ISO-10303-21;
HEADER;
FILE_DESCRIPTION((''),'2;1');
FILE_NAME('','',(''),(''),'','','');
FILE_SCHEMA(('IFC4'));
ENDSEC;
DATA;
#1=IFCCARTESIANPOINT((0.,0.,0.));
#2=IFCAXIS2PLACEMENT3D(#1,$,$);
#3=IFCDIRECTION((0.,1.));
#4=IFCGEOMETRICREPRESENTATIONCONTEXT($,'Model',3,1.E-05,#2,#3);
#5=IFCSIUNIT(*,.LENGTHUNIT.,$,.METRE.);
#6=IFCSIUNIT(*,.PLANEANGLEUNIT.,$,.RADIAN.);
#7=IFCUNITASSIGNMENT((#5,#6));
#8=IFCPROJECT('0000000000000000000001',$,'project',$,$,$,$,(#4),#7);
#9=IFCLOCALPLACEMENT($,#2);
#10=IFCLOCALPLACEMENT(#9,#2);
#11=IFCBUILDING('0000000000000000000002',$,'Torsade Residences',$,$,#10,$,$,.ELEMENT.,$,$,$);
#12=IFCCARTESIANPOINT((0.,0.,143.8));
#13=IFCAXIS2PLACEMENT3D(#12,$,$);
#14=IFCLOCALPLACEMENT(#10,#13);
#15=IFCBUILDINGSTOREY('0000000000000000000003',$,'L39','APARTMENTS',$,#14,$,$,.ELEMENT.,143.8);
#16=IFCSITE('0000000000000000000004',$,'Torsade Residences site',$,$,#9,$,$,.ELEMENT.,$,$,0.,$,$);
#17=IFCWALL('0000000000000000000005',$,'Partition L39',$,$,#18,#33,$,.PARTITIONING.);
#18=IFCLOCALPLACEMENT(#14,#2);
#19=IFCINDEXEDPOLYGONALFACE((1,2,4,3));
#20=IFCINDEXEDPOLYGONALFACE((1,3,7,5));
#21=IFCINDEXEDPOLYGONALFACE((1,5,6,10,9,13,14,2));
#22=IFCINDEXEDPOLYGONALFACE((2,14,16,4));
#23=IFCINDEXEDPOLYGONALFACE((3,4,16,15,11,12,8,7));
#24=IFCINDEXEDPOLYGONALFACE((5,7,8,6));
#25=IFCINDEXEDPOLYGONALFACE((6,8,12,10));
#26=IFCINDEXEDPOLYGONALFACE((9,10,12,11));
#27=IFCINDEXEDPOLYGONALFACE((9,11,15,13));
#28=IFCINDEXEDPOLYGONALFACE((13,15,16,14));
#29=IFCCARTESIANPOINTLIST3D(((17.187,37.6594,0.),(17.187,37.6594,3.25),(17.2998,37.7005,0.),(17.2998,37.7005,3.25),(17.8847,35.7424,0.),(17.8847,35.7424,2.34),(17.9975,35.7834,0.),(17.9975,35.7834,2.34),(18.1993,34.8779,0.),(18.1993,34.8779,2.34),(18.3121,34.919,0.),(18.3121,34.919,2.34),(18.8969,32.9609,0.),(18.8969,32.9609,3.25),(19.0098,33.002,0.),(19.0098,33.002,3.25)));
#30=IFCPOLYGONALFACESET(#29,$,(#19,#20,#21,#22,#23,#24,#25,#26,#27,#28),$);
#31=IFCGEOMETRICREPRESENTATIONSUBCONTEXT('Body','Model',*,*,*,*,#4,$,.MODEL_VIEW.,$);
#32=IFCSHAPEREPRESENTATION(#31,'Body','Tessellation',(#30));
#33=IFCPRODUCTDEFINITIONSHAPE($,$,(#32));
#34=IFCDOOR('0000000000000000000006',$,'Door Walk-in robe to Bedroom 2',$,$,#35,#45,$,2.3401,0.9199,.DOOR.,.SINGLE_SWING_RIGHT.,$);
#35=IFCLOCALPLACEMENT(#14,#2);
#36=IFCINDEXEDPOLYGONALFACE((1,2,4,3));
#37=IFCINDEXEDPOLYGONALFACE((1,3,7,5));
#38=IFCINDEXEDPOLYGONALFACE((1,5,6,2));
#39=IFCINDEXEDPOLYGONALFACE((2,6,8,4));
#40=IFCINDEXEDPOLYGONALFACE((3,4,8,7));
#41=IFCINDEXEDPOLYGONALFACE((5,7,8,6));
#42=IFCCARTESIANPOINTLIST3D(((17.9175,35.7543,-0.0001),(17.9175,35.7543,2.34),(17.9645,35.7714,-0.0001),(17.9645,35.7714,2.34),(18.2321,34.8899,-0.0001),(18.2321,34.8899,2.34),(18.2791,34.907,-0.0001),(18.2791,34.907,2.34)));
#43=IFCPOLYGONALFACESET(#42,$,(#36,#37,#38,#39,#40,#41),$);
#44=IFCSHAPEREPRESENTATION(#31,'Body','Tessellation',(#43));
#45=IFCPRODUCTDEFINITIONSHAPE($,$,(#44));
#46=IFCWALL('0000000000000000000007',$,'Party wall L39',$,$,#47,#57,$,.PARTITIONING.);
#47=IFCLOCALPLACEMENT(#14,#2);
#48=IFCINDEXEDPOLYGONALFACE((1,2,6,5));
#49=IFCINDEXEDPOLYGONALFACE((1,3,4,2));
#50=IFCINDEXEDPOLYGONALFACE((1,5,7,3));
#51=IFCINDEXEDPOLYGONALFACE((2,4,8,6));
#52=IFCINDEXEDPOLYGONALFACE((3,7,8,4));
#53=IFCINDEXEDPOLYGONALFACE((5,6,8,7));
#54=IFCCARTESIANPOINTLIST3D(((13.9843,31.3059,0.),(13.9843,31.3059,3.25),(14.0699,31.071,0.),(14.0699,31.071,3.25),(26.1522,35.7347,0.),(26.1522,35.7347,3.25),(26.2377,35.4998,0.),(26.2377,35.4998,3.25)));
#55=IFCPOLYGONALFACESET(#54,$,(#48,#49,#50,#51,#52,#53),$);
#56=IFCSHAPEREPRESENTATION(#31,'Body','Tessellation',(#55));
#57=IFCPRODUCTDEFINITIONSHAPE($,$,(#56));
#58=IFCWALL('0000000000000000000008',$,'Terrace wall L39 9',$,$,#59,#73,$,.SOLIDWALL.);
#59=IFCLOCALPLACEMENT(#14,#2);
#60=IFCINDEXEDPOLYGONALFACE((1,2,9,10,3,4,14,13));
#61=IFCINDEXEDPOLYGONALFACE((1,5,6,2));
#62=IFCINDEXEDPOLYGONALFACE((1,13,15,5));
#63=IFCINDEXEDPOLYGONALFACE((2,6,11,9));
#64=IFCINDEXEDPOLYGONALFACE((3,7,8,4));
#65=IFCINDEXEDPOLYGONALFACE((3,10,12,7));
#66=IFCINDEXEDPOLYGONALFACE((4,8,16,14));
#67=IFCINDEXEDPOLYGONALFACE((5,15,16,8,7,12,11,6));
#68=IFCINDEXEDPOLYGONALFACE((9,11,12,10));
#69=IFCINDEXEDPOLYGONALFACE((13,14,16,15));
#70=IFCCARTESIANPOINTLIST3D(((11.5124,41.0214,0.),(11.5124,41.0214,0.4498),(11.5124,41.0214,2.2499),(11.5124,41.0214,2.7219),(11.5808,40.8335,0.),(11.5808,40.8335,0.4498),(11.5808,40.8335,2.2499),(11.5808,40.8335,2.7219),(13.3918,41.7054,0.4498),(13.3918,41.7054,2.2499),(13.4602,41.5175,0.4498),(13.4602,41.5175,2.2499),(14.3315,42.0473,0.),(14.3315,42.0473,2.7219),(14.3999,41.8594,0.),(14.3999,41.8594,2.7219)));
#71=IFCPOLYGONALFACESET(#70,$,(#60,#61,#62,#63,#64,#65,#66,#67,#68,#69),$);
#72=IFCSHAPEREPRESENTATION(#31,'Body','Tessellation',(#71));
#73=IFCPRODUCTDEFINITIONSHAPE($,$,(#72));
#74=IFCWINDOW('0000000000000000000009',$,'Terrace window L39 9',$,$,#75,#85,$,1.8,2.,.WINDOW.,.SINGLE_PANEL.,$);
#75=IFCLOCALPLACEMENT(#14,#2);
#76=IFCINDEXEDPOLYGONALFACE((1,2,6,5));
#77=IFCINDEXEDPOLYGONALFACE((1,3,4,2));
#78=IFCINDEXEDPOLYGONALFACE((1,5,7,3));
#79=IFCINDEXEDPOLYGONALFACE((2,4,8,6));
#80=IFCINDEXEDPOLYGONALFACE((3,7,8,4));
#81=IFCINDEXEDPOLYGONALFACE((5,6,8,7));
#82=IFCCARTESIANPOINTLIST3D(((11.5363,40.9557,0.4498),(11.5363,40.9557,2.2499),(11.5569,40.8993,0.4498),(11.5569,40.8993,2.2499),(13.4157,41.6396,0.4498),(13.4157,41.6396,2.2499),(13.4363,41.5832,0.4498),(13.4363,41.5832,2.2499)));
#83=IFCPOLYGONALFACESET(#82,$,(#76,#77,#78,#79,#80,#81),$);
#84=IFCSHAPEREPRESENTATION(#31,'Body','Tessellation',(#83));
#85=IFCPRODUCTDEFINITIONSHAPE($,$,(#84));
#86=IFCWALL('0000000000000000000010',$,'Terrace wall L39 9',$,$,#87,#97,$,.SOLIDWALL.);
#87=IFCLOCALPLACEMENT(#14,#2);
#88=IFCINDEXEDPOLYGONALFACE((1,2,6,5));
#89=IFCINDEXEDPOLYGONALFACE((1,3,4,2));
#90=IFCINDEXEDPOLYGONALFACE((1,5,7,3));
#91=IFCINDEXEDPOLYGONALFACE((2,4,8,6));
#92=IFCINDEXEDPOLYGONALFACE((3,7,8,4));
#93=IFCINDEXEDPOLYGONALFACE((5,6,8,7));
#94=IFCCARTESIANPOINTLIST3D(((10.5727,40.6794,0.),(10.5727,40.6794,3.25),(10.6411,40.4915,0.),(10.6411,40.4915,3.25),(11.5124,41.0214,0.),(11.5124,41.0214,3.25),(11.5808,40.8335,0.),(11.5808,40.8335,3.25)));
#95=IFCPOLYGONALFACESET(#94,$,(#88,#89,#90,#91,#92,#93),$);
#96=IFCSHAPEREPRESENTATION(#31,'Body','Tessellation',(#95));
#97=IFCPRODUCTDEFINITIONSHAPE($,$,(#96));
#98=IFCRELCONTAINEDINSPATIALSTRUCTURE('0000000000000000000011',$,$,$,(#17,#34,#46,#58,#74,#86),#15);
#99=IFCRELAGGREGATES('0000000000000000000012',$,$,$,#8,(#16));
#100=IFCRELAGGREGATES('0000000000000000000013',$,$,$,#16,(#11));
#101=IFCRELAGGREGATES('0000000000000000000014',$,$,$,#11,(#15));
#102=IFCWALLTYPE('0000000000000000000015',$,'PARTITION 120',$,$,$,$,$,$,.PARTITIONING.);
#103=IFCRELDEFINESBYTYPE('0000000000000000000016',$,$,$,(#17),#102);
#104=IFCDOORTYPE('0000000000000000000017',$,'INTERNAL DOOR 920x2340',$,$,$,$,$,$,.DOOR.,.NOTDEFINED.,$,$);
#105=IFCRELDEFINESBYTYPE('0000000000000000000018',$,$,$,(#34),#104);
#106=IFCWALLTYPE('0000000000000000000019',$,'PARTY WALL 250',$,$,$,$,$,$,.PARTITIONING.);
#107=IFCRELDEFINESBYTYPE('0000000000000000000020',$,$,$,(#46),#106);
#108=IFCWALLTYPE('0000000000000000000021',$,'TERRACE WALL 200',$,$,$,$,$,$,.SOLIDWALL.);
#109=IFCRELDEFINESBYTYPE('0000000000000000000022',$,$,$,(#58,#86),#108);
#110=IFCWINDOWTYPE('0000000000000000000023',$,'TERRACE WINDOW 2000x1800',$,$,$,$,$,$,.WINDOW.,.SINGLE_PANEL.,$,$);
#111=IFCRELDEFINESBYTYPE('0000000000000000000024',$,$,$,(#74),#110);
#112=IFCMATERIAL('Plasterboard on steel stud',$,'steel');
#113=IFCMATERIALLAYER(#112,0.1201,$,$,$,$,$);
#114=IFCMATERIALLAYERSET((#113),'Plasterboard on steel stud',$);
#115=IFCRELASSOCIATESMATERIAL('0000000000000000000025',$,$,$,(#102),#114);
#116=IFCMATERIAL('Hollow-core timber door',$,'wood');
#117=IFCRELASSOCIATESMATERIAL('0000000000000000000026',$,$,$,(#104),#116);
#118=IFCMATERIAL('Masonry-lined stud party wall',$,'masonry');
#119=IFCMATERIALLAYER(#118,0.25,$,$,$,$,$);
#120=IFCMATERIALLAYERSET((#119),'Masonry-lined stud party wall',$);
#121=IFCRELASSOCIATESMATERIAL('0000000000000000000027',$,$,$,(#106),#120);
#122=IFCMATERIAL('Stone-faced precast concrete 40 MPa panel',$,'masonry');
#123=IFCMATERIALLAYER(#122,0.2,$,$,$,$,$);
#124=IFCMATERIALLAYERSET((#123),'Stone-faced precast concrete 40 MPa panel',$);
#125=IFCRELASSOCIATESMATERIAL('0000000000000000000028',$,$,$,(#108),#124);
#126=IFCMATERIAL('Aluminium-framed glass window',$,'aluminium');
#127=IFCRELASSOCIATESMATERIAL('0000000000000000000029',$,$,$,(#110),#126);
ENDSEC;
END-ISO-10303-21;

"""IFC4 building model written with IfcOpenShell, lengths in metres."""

from ifc_helpers import new_model, si_unit, direction, frame, frame_2d, origin, place, context, subcontext, project, spatial, rectangle, extrude, material, layer, layer_set, type_object, element, fill, save


model = new_model("IFC4")

# Units and contexts
model_context = context("Model", 3, precision=1e-05, world=origin(), true_north=direction((0.0, 1.0)))
body_context = subcontext(model_context, "Body", "Model", "MODEL_VIEW")
ifc_project = project(units=[si_unit("LENGTHUNIT", "METRE"), si_unit("PLANEANGLEUNIT", "RADIAN")], contexts=[model_context])

# Site, building, storey
site_placement = place(None, origin())
site = spatial("IfcSite", under=ifc_project, at=site_placement, Name="Torsade Residences site", CompositionType="ELEMENT", RefElevation=0.0)
building_placement = place(site_placement, origin())
building = spatial("IfcBuilding", under=site, at=building_placement, Name="Torsade Residences", CompositionType="ELEMENT")
storey_placement = place(building_placement, frame((0.0, 0.0, 143.8)))
storey = spatial("IfcBuildingStorey", under=building, at=storey_placement, Name="L39", Description="APARTMENTS", CompositionType="ELEMENT", Elevation=143.8)

# Wall, opening, door
ifc_material_1 = material(Name="Plasterboard on steel stud", Category="steel")
ifc_layer_1 = layer(ifc_material_1, 0.1201)
ifc_layer_set_1 = layer_set([ifc_layer_1], Name="Plasterboard on steel stud")
wall_type_1 = type_object("IfcWallType", Name="PARTITION 120", PredefinedType="PARTITIONING", material=ifc_layer_set_1)
ifc_material_2 = material(Name="Hollow-core timber door", Category="wood")
door_type_1 = type_object("IfcDoorType", Name="INTERNAL DOOR 920x2340", OperationType="NOTDEFINED", PredefinedType="DOOR", material=ifc_material_2)
wall_1_placement = place(storey_placement, frame((17.2434, 37.6799, 0.0), z_axis=(0.0, 0.0, 1.0), x_axis=(0.341994, -0.939702, 0.0)))
wall_1 = element("IfcWall", 1, at=wall_1_placement, inside=storey, type_object=wall_type_1, Name="Partition L39", PredefinedType="PARTITIONING", context=body_context, shape_type="SweptSolid", body=[
    extrude(rectangle(XDim=5.0, YDim=0.1201, at=frame_2d((2.5, 0.0))), origin(), (0.0, 0.0, 1.0), 3.25),
])
opening_1_placement = place(wall_1_placement, frame((2.04, 0.0, 0.0)))
opening_1 = element("IfcOpeningElement", 2, at=opening_1_placement, cuts=wall_1, PredefinedType="OPENING", context=body_context, shape_type="SweptSolid", body=[
    extrude(rectangle(XDim=0.9199, YDim=2.3401, at=frame_2d((0.46, 1.1699))), frame((0.0, 0.0701, 0.0), z_axis=(0.0, -1.0, 0.0), x_axis=(1.0, 0.0, 0.0)), (0.0, 0.0, 1.0), 0.1401),
])
door_1_placement = place(opening_1_placement, origin())
door_1 = element("IfcDoor", 3, at=door_1_placement, inside=storey, type_object=door_type_1, Name="Door Walk-in robe to Bedroom 2", OperationType="SINGLE_SWING_RIGHT", OverallHeight=2.3401, OverallWidth=0.9199, PredefinedType="DOOR", context=body_context, shape_type="SweptSolid", body=[
    extrude(rectangle(XDim=0.9199, YDim=2.3401, at=frame_2d((0.46, 1.1699))), frame((0.0, 0.0249, 0.0), z_axis=(0.0, -1.0, 0.0), x_axis=(1.0, 0.0, 0.0)), (0.0, 0.0, 1.0), 0.05),
])
fill(opening_1, door_1)

# Wall
ifc_material_3 = material(Name="Masonry-lined stud party wall", Category="masonry")
ifc_layer_2 = layer(ifc_material_3, 0.25)
ifc_layer_set_2 = layer_set([ifc_layer_2], Name="Masonry-lined stud party wall")
wall_type_2 = type_object("IfcWallType", Name="PARTY WALL 250", PredefinedType="PARTITIONING", material=ifc_layer_set_2)
wall_2_placement = place(storey_placement, frame((14.0271, 31.1885, 0.0), z_axis=(0.0, 0.0, 1.0), x_axis=(0.939692, 0.342022, 0.0)))
element("IfcWall", 4, at=wall_2_placement, inside=storey, type_object=wall_type_2, Name="Party wall L39", PredefinedType="PARTITIONING", context=body_context, shape_type="SweptSolid", body=[
    extrude(rectangle(XDim=12.9487, YDim=0.25, at=frame_2d((6.4744, 0.0))), origin(), (0.0, 0.0, 1.0), 3.25),
])

# Wall, opening, window
ifc_material_4 = material(Name="Stone-faced precast concrete 40 MPa panel", Category="masonry")
ifc_layer_3 = layer(ifc_material_4, 0.2)
ifc_layer_set_3 = layer_set([ifc_layer_3], Name="Stone-faced precast concrete 40 MPa panel")
wall_type_3 = type_object("IfcWallType", Name="TERRACE WALL 200", PredefinedType="SOLIDWALL", material=ifc_layer_set_3)
wall_3_placement = place(storey_placement, frame((14.3657, 41.9534, 0.0), z_axis=(0.0, 0.0, 1.0), x_axis=(-0.939713, -0.341965, 0.0)))
wall_3 = element("IfcWall", 5, at=wall_3_placement, inside=storey, type_object=wall_type_3, Name="Terrace wall L39 9", PredefinedType="SOLIDWALL", context=body_context, shape_type="SweptSolid", body=[
    extrude(rectangle(XDim=3.0, YDim=0.2, at=frame_2d((1.5, 0.0))), origin(), (0.0, 0.0, 1.0), 2.7219),
])
opening_2_placement = place(wall_3_placement, frame((1.0, 0.0, 0.45)))
opening_2 = element("IfcOpeningElement", 6, at=opening_2_placement, cuts=wall_3, PredefinedType="OPENING", context=body_context, shape_type="SweptSolid", body=[
    extrude(rectangle(XDim=2.0, YDim=1.8, at=frame_2d((1.0, 0.8999))), frame((0.0, 0.1099, 0.0), z_axis=(0.0, -1.0, 0.0), x_axis=(1.0, 0.0, 0.0)), (0.0, 0.0, 1.0), 0.22),
])
ifc_material_5 = material(Name="Aluminium-framed glass window", Category="aluminium")
window_type = type_object("IfcWindowType", Name="TERRACE WINDOW 2000x1800", PartitioningType="SINGLE_PANEL", PredefinedType="WINDOW", material=ifc_material_5)
window_placement = place(opening_2_placement, origin())
window = element("IfcWindow", 7, at=window_placement, inside=storey, type_object=window_type, Name="Terrace window L39 9", OverallHeight=1.8, OverallWidth=2.0, PartitioningType="SINGLE_PANEL", PredefinedType="WINDOW", context=body_context, shape_type="SweptSolid", body=[
    extrude(rectangle(XDim=2.0, YDim=1.8, at=frame_2d((1.0, 0.8999))), frame((0.0, 0.03, 0.0), z_axis=(0.0, -1.0, 0.0), x_axis=(1.0, 0.0, 0.0)), (0.0, 0.0, 1.0), 0.0601),
])
fill(opening_2, window)

# Wall
wall_4_placement = place(storey_placement, frame((11.5466, 40.9275, 0.0), z_axis=(0.0, 0.0, 1.0), x_axis=(-0.939686, -0.342037, 0.0)))
element("IfcWall", 8, at=wall_4_placement, inside=storey, type_object=wall_type_3, Name="Terrace wall L39 9", PredefinedType="SOLIDWALL", context=body_context, shape_type="SweptSolid", body=[
    extrude(rectangle(XDim=1.0, YDim=0.2, at=frame_2d((0.5, 0.0))), origin(), (0.0, 0.0, 1.0), 3.25),
])

save(model, "model.ifc")
